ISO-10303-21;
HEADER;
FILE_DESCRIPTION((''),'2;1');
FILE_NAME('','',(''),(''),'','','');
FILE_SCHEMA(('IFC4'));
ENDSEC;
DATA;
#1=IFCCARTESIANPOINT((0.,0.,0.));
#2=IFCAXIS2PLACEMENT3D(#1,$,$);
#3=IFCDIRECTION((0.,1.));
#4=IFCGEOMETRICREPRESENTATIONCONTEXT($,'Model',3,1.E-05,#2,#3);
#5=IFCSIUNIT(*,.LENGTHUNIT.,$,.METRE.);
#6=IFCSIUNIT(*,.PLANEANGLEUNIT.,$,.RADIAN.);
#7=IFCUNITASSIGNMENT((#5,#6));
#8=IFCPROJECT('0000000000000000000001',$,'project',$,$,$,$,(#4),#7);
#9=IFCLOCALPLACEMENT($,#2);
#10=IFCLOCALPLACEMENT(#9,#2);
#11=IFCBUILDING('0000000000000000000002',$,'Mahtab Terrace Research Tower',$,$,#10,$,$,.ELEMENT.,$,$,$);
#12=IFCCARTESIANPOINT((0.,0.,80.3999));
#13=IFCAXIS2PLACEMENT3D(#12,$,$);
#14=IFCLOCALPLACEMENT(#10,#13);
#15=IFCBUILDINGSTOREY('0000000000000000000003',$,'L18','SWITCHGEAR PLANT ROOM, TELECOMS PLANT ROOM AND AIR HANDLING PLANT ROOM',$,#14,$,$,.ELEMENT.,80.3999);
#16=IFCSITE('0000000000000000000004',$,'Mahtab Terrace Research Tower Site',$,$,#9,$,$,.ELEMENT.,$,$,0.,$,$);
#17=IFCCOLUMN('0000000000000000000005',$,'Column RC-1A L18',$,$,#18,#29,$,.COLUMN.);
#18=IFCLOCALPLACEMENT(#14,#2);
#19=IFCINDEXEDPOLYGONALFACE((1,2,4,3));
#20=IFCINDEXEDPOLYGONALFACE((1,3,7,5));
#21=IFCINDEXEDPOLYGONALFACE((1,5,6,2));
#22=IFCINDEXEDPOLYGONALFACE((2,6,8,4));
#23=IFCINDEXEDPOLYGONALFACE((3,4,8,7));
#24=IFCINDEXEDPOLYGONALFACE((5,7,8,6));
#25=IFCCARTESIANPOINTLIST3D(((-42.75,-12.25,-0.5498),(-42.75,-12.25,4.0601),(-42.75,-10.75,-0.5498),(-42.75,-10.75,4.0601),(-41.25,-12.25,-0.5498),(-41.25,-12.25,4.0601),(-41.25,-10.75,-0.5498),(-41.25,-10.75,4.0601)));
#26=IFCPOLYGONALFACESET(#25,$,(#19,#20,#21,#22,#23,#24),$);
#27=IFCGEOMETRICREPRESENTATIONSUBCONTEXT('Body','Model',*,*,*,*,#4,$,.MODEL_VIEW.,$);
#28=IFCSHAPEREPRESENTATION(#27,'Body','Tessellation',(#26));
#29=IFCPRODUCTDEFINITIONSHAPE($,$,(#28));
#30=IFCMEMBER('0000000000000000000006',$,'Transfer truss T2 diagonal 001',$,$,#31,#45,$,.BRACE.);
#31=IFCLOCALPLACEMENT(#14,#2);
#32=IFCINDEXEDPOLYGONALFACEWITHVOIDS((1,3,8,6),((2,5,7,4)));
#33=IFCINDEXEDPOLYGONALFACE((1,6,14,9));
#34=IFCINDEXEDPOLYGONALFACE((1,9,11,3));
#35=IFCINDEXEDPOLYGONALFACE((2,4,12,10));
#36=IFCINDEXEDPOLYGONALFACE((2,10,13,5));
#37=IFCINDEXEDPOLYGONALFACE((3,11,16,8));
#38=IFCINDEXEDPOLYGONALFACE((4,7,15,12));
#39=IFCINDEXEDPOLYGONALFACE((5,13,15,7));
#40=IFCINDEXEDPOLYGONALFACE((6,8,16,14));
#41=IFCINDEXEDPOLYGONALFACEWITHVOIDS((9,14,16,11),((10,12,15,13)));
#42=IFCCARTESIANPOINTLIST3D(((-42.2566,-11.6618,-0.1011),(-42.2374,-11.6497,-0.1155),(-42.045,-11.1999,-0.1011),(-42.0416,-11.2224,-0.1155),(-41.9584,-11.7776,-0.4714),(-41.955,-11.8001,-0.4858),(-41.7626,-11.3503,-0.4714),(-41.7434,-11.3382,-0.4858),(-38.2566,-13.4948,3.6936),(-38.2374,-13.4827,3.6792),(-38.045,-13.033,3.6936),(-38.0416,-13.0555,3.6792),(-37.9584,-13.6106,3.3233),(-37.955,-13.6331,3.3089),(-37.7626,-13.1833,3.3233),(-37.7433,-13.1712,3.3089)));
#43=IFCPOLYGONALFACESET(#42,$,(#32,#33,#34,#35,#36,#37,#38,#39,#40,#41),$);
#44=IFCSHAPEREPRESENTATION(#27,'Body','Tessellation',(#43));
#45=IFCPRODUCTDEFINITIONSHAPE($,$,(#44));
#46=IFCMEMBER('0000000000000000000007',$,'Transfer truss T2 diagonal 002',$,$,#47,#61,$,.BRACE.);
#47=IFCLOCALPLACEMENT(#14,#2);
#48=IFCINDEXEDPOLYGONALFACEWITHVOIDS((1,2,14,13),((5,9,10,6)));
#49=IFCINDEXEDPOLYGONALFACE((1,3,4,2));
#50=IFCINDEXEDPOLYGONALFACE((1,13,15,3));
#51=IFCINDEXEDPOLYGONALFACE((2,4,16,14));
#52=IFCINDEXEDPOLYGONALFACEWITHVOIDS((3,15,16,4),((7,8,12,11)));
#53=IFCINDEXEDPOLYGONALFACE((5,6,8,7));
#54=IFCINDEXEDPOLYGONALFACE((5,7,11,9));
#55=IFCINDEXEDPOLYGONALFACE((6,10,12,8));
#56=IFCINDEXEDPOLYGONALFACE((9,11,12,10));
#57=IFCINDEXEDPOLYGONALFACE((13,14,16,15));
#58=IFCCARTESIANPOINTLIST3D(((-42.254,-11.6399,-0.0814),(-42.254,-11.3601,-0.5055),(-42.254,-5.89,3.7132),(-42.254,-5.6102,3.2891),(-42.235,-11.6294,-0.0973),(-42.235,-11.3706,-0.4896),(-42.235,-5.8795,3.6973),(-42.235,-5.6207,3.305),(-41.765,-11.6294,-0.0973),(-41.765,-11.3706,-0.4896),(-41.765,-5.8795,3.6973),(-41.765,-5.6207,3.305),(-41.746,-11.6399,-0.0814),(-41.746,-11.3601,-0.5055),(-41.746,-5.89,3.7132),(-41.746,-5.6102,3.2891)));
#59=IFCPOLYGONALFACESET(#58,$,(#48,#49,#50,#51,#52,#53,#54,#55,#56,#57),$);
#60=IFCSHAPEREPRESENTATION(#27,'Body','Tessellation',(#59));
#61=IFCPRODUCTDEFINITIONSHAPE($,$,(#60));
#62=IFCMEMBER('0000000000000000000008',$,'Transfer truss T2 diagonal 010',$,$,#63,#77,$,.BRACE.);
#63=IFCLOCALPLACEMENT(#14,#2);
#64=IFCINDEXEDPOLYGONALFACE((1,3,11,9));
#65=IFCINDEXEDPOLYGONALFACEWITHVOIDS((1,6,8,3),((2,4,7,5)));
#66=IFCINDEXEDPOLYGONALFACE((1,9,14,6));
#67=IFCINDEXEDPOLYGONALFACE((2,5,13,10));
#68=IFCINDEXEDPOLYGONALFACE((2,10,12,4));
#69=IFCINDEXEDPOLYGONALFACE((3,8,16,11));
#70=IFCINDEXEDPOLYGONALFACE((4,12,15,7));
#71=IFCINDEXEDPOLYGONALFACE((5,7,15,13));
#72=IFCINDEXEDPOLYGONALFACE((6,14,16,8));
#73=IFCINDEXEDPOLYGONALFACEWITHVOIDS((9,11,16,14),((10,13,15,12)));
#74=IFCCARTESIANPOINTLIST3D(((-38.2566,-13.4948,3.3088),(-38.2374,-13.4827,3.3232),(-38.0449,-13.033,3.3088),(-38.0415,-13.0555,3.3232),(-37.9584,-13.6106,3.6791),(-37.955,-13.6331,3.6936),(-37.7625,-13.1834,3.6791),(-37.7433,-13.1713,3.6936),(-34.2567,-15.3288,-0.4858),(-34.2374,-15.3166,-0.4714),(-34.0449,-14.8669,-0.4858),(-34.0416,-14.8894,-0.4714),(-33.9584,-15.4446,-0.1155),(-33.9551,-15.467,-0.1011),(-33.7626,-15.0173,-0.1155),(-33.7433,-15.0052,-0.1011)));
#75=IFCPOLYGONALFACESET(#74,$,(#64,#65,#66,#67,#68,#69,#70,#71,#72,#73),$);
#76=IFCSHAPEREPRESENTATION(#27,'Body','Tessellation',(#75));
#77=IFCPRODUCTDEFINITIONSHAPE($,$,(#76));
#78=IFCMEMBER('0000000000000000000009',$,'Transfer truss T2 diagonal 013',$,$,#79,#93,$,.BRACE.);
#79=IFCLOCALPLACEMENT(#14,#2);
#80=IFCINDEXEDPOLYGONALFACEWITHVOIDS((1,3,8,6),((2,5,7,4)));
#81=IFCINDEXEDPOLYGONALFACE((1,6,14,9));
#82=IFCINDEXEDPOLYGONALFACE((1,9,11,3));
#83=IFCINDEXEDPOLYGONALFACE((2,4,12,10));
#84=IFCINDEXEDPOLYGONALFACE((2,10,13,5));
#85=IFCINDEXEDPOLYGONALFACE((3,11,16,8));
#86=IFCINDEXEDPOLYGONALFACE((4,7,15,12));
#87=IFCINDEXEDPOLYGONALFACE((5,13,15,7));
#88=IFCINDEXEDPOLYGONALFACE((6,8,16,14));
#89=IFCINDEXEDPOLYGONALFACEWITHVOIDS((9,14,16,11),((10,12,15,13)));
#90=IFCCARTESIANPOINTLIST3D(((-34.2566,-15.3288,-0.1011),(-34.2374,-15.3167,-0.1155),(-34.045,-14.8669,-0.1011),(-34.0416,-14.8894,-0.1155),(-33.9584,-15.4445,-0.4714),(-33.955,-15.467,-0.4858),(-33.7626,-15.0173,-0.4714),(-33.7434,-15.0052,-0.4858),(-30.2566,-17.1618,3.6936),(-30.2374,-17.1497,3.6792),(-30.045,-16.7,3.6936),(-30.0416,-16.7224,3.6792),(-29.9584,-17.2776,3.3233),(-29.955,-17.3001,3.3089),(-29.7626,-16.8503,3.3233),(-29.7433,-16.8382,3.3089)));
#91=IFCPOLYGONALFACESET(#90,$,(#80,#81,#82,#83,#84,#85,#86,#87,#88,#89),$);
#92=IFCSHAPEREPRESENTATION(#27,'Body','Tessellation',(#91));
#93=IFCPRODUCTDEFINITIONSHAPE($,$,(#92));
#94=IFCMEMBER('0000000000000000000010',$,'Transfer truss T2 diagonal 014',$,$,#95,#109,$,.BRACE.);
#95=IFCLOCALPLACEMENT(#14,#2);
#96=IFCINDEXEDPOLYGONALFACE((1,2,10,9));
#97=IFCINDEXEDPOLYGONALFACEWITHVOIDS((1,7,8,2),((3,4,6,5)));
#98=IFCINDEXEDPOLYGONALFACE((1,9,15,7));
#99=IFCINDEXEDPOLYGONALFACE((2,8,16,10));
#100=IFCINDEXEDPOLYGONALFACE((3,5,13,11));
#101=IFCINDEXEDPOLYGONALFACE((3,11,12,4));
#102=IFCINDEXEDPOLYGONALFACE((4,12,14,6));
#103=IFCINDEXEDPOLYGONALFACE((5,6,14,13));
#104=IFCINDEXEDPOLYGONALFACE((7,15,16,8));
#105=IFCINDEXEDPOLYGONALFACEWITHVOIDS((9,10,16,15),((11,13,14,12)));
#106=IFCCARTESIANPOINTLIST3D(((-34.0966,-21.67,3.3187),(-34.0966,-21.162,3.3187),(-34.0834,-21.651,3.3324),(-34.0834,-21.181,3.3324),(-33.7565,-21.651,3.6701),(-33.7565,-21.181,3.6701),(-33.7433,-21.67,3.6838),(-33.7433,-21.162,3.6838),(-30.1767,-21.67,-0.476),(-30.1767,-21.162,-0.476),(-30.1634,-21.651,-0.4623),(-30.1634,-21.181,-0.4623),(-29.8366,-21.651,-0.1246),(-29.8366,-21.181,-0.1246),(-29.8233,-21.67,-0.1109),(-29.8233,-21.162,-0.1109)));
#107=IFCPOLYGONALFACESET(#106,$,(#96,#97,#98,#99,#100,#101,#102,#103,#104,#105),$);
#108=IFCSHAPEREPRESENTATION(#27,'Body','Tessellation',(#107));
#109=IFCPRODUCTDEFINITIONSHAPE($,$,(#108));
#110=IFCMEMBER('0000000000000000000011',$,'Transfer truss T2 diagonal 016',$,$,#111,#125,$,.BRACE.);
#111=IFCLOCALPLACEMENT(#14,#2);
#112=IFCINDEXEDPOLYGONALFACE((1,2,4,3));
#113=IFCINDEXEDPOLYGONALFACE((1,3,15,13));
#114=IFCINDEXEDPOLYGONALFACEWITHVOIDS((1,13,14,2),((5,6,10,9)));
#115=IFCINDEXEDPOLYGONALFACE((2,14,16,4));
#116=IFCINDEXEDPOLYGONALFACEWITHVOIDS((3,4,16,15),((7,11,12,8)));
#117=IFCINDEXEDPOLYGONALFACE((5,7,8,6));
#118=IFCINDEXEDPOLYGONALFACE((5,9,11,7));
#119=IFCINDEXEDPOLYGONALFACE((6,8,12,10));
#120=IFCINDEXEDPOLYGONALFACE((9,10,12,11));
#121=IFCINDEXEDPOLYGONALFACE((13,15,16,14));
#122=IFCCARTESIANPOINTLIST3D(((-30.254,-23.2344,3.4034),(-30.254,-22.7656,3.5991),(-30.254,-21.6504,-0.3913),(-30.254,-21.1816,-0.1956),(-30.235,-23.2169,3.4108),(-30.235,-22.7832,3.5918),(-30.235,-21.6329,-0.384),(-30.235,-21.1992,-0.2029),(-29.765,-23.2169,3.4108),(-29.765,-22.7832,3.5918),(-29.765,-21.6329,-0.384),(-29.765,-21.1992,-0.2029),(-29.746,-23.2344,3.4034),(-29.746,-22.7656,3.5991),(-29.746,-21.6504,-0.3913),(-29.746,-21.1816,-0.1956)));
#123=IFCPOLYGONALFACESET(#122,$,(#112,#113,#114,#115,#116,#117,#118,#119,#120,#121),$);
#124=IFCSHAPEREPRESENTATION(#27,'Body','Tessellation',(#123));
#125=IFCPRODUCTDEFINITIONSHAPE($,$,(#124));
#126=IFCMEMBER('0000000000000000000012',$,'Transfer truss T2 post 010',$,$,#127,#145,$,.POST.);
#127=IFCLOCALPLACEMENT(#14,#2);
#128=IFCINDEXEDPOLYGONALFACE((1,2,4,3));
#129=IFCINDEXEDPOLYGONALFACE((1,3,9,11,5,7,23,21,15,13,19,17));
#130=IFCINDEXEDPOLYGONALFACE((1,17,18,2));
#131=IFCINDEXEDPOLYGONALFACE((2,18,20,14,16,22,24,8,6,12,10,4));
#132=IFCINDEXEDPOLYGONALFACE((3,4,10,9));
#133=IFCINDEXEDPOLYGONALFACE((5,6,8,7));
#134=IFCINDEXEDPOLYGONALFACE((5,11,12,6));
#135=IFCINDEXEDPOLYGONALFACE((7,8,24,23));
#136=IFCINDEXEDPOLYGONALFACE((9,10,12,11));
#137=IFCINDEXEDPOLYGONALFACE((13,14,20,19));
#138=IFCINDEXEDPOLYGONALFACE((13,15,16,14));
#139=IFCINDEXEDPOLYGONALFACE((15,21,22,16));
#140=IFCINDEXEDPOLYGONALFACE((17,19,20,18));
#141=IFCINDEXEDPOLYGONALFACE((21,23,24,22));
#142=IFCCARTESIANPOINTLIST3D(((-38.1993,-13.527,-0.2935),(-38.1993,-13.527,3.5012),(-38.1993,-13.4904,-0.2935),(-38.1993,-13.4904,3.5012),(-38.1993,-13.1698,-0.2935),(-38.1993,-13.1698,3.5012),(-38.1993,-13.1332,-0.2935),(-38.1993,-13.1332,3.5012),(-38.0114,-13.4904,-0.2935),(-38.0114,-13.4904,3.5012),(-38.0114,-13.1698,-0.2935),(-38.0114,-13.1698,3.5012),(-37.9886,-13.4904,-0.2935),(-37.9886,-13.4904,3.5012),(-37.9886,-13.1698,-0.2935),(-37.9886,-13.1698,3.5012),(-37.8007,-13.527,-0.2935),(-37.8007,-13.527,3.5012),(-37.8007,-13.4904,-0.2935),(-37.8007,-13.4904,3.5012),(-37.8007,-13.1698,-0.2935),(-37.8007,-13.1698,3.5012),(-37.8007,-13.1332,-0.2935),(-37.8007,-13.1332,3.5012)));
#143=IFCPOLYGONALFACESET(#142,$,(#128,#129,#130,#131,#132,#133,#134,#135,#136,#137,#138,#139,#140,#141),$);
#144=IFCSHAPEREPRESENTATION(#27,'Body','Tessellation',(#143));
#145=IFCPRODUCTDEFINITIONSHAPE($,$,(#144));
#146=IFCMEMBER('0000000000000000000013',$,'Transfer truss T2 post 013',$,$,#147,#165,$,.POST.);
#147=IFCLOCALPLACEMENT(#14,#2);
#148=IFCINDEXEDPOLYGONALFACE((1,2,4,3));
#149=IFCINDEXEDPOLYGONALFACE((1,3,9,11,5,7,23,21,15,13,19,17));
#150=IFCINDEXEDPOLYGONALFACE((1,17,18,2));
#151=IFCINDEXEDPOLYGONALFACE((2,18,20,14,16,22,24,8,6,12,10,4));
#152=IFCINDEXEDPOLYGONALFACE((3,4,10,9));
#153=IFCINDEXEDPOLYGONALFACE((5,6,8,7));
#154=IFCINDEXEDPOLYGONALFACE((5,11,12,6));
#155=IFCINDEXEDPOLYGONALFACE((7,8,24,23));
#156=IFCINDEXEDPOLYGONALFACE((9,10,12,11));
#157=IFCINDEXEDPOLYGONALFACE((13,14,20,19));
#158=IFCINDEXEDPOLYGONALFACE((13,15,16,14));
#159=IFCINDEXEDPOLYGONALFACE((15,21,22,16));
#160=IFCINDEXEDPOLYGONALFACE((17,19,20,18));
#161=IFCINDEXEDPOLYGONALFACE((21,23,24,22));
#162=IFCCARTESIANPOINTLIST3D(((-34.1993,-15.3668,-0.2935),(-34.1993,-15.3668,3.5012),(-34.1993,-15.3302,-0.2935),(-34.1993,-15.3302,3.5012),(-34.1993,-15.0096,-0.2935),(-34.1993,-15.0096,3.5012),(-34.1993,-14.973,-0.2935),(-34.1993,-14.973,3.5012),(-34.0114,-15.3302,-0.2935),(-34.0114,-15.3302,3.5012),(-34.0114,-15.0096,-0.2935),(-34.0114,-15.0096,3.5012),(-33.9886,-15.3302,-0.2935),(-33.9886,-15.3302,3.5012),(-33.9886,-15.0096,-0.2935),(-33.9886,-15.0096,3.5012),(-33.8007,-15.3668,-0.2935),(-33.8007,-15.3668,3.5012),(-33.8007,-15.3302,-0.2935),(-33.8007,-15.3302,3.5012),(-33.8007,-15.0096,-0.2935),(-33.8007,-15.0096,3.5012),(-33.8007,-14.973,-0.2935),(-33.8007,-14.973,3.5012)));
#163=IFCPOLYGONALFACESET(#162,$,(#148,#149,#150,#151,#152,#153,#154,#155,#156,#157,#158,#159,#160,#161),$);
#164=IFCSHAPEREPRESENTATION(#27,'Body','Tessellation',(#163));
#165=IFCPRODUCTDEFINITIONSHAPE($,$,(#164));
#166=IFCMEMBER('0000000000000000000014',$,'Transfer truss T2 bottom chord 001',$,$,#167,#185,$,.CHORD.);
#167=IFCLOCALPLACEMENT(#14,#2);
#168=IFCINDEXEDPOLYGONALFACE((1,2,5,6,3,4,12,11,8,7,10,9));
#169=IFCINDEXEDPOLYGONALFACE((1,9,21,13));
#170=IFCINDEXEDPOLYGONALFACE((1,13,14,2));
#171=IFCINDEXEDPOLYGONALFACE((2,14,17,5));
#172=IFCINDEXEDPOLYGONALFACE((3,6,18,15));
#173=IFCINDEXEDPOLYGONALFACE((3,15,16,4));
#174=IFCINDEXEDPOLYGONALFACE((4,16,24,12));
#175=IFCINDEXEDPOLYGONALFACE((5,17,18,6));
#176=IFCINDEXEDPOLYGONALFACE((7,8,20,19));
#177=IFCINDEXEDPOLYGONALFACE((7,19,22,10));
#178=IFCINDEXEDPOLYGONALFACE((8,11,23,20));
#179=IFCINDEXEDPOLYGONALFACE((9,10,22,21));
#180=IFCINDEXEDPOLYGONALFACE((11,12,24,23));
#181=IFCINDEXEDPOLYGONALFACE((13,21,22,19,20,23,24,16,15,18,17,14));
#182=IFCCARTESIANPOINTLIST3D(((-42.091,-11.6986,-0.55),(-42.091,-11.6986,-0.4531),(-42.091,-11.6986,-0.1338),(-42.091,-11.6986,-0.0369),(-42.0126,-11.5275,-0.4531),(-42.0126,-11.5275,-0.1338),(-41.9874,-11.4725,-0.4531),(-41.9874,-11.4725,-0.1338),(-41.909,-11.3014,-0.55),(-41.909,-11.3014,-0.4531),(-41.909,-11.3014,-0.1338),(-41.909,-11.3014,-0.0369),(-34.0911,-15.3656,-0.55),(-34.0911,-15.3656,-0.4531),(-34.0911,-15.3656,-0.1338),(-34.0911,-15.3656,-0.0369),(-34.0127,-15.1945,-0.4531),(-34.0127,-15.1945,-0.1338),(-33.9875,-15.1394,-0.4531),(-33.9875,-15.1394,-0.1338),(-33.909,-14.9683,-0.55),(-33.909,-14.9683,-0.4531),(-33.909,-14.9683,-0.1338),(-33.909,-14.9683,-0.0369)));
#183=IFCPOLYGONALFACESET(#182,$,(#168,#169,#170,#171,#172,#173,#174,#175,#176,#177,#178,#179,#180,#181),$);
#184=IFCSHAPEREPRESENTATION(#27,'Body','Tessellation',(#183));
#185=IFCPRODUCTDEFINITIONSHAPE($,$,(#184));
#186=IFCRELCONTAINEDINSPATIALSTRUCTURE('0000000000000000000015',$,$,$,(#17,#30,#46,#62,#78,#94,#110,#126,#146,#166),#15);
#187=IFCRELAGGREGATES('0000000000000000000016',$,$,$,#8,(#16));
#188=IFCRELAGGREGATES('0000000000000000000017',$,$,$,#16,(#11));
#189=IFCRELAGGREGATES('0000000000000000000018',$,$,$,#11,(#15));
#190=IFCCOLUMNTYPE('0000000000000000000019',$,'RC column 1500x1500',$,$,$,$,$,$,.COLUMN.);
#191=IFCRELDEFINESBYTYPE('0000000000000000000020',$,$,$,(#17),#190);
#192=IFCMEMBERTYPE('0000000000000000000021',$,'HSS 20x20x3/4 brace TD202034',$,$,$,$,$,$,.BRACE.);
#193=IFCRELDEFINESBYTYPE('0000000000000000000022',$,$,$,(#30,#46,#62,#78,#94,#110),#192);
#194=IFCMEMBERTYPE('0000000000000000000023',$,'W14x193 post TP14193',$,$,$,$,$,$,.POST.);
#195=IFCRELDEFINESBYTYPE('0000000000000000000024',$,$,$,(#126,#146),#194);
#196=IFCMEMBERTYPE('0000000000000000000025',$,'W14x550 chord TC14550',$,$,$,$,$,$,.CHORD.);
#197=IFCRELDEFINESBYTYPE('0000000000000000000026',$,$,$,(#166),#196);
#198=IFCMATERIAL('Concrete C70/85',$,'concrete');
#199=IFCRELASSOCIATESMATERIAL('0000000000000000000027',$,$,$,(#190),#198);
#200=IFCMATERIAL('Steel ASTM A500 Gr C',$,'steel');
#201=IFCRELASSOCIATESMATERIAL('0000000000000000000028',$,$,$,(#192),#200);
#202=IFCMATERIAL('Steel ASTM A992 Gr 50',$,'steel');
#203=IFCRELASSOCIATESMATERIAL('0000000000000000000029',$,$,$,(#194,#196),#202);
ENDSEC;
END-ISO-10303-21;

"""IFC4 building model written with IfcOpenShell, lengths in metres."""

from ifc_helpers import new_model, si_unit, direction, frame, origin, origin_2d, place, context, subcontext, project, spatial, rectangle, hollow_rectangle, i_section, extrude, material, material_profile, profile_set, type_object, element, save


model = new_model("IFC4")

# Units and contexts
model_context = context("Model", 3, precision=1e-05, world=origin(), true_north=direction((0.0, 1.0)))
body_context = subcontext(model_context, "Body", "Model", "MODEL_VIEW")
ifc_project = project(units=[si_unit("LENGTHUNIT", "METRE"), si_unit("PLANEANGLEUNIT", "RADIAN")], contexts=[model_context])

# Site, building, storey
site_placement = place(None, origin())
site = spatial("IfcSite", under=ifc_project, at=site_placement, Name="Mahtab Terrace Research Tower Site", CompositionType="ELEMENT", RefElevation=0.0)
building_placement = place(site_placement, origin())
building = spatial("IfcBuilding", under=site, at=building_placement, Name="Mahtab Terrace Research Tower", CompositionType="ELEMENT")
storey_placement = place(building_placement, frame((0.0, 0.0, 80.3999)))
storey = spatial("IfcBuildingStorey", under=building, at=storey_placement, Name="L18", Description="SWITCHGEAR PLANT ROOM, TELECOMS PLANT ROOM AND AIR HANDLING PLANT ROOM", CompositionType="ELEMENT", Elevation=80.3999)

# Column
ifc_material_1 = material(Name="Concrete C70/85", Category="concrete")
ifc_material_profile_1 = material_profile(ifc_material_1, rectangle(XDim=1.5, YDim=1.5, at=origin_2d()), Name="RC column 1500x1500")
ifc_profile_set_1 = profile_set([ifc_material_profile_1], Name="Concrete C70/85")
column_type = type_object("IfcColumnType", Name="RC column 1500x1500", PredefinedType="COLUMN", material=ifc_profile_set_1)
column_placement = place(storey_placement, frame((-42.0, -11.5, -0.5498), z_axis=(0.0, 0.0, 1.0), x_axis=(1.0, 0.0, 0.0)))
element("IfcColumn", 1, at=column_placement, inside=storey, type_object=column_type, Name="Column RC-1A L18", PredefinedType="COLUMN", context=body_context, shape_type="SweptSolid", body=[
    extrude(rectangle(XDim=1.5, YDim=1.5, at=origin_2d()), origin(), (0.0, 0.0, 1.0), 4.6099),
])

# Members
ifc_material_2 = material(Name="Steel ASTM A500 Gr C", Category="steel")
ifc_material_profile_2 = material_profile(ifc_material_2, hollow_rectangle(XDim=0.5081, YDim=0.5081, WallThickness=0.019, at=origin_2d()), Name="HSS20X20X3/4")
ifc_profile_set_2 = profile_set([ifc_material_profile_2], Name="Steel ASTM A500 Gr C")
member_type_1 = type_object("IfcMemberType", Name="HSS 20x20x3/4 brace TD202034", PredefinedType="BRACE", material=ifc_profile_set_2)
member_1_placement = place(storey_placement, frame((-42.0, -11.5, -0.2935), z_axis=(0.688434, -0.315476, 0.653096), x_axis=(0.416594, 0.909093, 0.0)))
element("IfcMember", 2, at=member_1_placement, inside=storey, type_object=member_type_1, Name="Transfer truss T2 diagonal 001", PredefinedType="BRACE", context=body_context, shape_type="SweptSolid", body=[
    extrude(hollow_rectangle(XDim=0.5081, YDim=0.5081, WallThickness=0.019, at=origin_2d()), origin(), (0.0, 0.0, 1.0), 5.8103),
])
member_2_placement = place(storey_placement, frame((-42.0, -11.5, -0.2935), z_axis=(0.0, 0.834631, 0.55081), x_axis=(-1.0, 0.0, 0.0)))
element("IfcMember", 3, at=member_2_placement, inside=storey, type_object=member_type_1, Name="Transfer truss T2 diagonal 002", PredefinedType="BRACE", context=body_context, shape_type="SweptSolid", body=[
    extrude(hollow_rectangle(XDim=0.5081, YDim=0.5081, WallThickness=0.019, at=origin_2d()), origin(), (0.0, 0.0, 1.0), 6.8892),
])
member_3_placement = place(storey_placement, frame((-34.0, -15.167, -0.2935), z_axis=(-0.688397, 0.315627, 0.653061), x_axis=(-0.416777, -0.909009, 0.0)))
element("IfcMember", 4, at=member_3_placement, inside=storey, type_object=member_type_1, Name="Transfer truss T2 diagonal 010", PredefinedType="BRACE", context=body_context, shape_type="SweptSolid", body=[
    extrude(hollow_rectangle(XDim=0.5081, YDim=0.5081, WallThickness=0.019, at=origin_2d()), origin(), (0.0, 0.0, 1.0), 5.8105),
])
member_4_placement = place(storey_placement, frame((-34.0, -15.167, -0.2935), z_axis=(0.688434, -0.315476, 0.653096), x_axis=(0.416594, 0.909093, 0.0)))
element("IfcMember", 5, at=member_4_placement, inside=storey, type_object=member_type_1, Name="Transfer truss T2 diagonal 013", PredefinedType="BRACE", context=body_context, shape_type="SweptSolid", body=[
    extrude(hollow_rectangle(XDim=0.5081, YDim=0.5081, WallThickness=0.019, at=origin_2d()), origin(), (0.0, 0.0, 1.0), 5.8103),
])
member_5_placement = place(storey_placement, frame((-30.0, -21.416, -0.2935), z_axis=(-0.718492, 0.0, 0.695535), x_axis=(0.0, -1.0, 0.0)))
element("IfcMember", 6, at=member_5_placement, inside=storey, type_object=member_type_1, Name="Transfer truss T2 diagonal 014", PredefinedType="BRACE", context=body_context, shape_type="SweptSolid", body=[
    extrude(hollow_rectangle(XDim=0.5081, YDim=0.5081, WallThickness=0.019, at=origin_2d()), origin(), (0.0, 0.0, 1.0), 5.4558),
])
member_6_placement = place(storey_placement, frame((-30.0, -21.416, -0.2935), z_axis=(0.0, -0.38521, 0.922829), x_axis=(1.0, 0.0, 0.0)))
element("IfcMember", 7, at=member_6_placement, inside=storey, type_object=member_type_1, Name="Transfer truss T2 diagonal 016", PredefinedType="BRACE", context=body_context, shape_type="SweptSolid", body=[
    extrude(hollow_rectangle(XDim=0.5081, YDim=0.5081, WallThickness=0.019, at=origin_2d()), origin(), (0.0, 0.0, 1.0), 4.1121),
])
ifc_material_3 = material(Name="Steel ASTM A992 Gr 50", Category="steel")
ifc_material_profile_3 = material_profile(ifc_material_3, i_section(OverallWidth=0.3987, OverallDepth=0.3938, WebThickness=0.0227, FlangeThickness=0.0366, at=origin_2d()), Name="W14X193")
ifc_profile_set_3 = profile_set([ifc_material_profile_3], Name="Steel ASTM A992 Gr 50")
member_type_2 = type_object("IfcMemberType", Name="W14x193 post TP14193", PredefinedType="POST", material=ifc_profile_set_3)
for number, where, z_axis, x_axis, name in (
    (8, (-38.0, -13.3301, -0.2935), (0.0, 0.0, 1.0), (1.0, 0.0, 0.0), "Transfer truss T2 post 010"),
    (9, (-34.0, -15.1699, -0.2935), (0.0, 0.0, 1.0), (1.0, 0.0, 0.0), "Transfer truss T2 post 013"),
):
    element("IfcMember", number, at=place(storey_placement, frame(where, z_axis=z_axis, x_axis=x_axis)), inside=storey, type_object=member_type_2, Name=name, PredefinedType="POST", context=body_context, shape_type="SweptSolid", body=[
        extrude(i_section(OverallWidth=0.3987, OverallDepth=0.3938, WebThickness=0.0227, FlangeThickness=0.0366, at=origin_2d()), origin(), (0.0, 0.0, 1.0), 3.7947),
    ])
ifc_material_profile_4 = material_profile(ifc_material_3, i_section(OverallWidth=0.437, OverallDepth=0.5132, WebThickness=0.0605, FlangeThickness=0.0969, at=origin_2d()), Name="W14X550")
ifc_profile_set_4 = profile_set([ifc_material_profile_4], Name="Steel ASTM A992 Gr 50")
member_type_3 = type_object("IfcMemberType", Name="W14x550 chord TC14550", PredefinedType="CHORD", material=ifc_profile_set_4)
member_7_placement = place(storey_placement, frame((-42.0, -11.5, -0.2935), z_axis=(0.909051, -0.416685, 0.0), x_axis=(0.416685, 0.909051, 0.0)))
element("IfcMember", 10, at=member_7_placement, inside=storey, type_object=member_type_3, Name="Transfer truss T2 bottom chord 001", PredefinedType="CHORD", context=body_context, shape_type="SweptSolid", body=[
    extrude(i_section(OverallWidth=0.437, OverallDepth=0.5132, WebThickness=0.0605, FlangeThickness=0.0969, at=origin_2d()), origin(), (0.0, 0.0, 1.0), 8.8003),
])

save(model, "model.ifc")
